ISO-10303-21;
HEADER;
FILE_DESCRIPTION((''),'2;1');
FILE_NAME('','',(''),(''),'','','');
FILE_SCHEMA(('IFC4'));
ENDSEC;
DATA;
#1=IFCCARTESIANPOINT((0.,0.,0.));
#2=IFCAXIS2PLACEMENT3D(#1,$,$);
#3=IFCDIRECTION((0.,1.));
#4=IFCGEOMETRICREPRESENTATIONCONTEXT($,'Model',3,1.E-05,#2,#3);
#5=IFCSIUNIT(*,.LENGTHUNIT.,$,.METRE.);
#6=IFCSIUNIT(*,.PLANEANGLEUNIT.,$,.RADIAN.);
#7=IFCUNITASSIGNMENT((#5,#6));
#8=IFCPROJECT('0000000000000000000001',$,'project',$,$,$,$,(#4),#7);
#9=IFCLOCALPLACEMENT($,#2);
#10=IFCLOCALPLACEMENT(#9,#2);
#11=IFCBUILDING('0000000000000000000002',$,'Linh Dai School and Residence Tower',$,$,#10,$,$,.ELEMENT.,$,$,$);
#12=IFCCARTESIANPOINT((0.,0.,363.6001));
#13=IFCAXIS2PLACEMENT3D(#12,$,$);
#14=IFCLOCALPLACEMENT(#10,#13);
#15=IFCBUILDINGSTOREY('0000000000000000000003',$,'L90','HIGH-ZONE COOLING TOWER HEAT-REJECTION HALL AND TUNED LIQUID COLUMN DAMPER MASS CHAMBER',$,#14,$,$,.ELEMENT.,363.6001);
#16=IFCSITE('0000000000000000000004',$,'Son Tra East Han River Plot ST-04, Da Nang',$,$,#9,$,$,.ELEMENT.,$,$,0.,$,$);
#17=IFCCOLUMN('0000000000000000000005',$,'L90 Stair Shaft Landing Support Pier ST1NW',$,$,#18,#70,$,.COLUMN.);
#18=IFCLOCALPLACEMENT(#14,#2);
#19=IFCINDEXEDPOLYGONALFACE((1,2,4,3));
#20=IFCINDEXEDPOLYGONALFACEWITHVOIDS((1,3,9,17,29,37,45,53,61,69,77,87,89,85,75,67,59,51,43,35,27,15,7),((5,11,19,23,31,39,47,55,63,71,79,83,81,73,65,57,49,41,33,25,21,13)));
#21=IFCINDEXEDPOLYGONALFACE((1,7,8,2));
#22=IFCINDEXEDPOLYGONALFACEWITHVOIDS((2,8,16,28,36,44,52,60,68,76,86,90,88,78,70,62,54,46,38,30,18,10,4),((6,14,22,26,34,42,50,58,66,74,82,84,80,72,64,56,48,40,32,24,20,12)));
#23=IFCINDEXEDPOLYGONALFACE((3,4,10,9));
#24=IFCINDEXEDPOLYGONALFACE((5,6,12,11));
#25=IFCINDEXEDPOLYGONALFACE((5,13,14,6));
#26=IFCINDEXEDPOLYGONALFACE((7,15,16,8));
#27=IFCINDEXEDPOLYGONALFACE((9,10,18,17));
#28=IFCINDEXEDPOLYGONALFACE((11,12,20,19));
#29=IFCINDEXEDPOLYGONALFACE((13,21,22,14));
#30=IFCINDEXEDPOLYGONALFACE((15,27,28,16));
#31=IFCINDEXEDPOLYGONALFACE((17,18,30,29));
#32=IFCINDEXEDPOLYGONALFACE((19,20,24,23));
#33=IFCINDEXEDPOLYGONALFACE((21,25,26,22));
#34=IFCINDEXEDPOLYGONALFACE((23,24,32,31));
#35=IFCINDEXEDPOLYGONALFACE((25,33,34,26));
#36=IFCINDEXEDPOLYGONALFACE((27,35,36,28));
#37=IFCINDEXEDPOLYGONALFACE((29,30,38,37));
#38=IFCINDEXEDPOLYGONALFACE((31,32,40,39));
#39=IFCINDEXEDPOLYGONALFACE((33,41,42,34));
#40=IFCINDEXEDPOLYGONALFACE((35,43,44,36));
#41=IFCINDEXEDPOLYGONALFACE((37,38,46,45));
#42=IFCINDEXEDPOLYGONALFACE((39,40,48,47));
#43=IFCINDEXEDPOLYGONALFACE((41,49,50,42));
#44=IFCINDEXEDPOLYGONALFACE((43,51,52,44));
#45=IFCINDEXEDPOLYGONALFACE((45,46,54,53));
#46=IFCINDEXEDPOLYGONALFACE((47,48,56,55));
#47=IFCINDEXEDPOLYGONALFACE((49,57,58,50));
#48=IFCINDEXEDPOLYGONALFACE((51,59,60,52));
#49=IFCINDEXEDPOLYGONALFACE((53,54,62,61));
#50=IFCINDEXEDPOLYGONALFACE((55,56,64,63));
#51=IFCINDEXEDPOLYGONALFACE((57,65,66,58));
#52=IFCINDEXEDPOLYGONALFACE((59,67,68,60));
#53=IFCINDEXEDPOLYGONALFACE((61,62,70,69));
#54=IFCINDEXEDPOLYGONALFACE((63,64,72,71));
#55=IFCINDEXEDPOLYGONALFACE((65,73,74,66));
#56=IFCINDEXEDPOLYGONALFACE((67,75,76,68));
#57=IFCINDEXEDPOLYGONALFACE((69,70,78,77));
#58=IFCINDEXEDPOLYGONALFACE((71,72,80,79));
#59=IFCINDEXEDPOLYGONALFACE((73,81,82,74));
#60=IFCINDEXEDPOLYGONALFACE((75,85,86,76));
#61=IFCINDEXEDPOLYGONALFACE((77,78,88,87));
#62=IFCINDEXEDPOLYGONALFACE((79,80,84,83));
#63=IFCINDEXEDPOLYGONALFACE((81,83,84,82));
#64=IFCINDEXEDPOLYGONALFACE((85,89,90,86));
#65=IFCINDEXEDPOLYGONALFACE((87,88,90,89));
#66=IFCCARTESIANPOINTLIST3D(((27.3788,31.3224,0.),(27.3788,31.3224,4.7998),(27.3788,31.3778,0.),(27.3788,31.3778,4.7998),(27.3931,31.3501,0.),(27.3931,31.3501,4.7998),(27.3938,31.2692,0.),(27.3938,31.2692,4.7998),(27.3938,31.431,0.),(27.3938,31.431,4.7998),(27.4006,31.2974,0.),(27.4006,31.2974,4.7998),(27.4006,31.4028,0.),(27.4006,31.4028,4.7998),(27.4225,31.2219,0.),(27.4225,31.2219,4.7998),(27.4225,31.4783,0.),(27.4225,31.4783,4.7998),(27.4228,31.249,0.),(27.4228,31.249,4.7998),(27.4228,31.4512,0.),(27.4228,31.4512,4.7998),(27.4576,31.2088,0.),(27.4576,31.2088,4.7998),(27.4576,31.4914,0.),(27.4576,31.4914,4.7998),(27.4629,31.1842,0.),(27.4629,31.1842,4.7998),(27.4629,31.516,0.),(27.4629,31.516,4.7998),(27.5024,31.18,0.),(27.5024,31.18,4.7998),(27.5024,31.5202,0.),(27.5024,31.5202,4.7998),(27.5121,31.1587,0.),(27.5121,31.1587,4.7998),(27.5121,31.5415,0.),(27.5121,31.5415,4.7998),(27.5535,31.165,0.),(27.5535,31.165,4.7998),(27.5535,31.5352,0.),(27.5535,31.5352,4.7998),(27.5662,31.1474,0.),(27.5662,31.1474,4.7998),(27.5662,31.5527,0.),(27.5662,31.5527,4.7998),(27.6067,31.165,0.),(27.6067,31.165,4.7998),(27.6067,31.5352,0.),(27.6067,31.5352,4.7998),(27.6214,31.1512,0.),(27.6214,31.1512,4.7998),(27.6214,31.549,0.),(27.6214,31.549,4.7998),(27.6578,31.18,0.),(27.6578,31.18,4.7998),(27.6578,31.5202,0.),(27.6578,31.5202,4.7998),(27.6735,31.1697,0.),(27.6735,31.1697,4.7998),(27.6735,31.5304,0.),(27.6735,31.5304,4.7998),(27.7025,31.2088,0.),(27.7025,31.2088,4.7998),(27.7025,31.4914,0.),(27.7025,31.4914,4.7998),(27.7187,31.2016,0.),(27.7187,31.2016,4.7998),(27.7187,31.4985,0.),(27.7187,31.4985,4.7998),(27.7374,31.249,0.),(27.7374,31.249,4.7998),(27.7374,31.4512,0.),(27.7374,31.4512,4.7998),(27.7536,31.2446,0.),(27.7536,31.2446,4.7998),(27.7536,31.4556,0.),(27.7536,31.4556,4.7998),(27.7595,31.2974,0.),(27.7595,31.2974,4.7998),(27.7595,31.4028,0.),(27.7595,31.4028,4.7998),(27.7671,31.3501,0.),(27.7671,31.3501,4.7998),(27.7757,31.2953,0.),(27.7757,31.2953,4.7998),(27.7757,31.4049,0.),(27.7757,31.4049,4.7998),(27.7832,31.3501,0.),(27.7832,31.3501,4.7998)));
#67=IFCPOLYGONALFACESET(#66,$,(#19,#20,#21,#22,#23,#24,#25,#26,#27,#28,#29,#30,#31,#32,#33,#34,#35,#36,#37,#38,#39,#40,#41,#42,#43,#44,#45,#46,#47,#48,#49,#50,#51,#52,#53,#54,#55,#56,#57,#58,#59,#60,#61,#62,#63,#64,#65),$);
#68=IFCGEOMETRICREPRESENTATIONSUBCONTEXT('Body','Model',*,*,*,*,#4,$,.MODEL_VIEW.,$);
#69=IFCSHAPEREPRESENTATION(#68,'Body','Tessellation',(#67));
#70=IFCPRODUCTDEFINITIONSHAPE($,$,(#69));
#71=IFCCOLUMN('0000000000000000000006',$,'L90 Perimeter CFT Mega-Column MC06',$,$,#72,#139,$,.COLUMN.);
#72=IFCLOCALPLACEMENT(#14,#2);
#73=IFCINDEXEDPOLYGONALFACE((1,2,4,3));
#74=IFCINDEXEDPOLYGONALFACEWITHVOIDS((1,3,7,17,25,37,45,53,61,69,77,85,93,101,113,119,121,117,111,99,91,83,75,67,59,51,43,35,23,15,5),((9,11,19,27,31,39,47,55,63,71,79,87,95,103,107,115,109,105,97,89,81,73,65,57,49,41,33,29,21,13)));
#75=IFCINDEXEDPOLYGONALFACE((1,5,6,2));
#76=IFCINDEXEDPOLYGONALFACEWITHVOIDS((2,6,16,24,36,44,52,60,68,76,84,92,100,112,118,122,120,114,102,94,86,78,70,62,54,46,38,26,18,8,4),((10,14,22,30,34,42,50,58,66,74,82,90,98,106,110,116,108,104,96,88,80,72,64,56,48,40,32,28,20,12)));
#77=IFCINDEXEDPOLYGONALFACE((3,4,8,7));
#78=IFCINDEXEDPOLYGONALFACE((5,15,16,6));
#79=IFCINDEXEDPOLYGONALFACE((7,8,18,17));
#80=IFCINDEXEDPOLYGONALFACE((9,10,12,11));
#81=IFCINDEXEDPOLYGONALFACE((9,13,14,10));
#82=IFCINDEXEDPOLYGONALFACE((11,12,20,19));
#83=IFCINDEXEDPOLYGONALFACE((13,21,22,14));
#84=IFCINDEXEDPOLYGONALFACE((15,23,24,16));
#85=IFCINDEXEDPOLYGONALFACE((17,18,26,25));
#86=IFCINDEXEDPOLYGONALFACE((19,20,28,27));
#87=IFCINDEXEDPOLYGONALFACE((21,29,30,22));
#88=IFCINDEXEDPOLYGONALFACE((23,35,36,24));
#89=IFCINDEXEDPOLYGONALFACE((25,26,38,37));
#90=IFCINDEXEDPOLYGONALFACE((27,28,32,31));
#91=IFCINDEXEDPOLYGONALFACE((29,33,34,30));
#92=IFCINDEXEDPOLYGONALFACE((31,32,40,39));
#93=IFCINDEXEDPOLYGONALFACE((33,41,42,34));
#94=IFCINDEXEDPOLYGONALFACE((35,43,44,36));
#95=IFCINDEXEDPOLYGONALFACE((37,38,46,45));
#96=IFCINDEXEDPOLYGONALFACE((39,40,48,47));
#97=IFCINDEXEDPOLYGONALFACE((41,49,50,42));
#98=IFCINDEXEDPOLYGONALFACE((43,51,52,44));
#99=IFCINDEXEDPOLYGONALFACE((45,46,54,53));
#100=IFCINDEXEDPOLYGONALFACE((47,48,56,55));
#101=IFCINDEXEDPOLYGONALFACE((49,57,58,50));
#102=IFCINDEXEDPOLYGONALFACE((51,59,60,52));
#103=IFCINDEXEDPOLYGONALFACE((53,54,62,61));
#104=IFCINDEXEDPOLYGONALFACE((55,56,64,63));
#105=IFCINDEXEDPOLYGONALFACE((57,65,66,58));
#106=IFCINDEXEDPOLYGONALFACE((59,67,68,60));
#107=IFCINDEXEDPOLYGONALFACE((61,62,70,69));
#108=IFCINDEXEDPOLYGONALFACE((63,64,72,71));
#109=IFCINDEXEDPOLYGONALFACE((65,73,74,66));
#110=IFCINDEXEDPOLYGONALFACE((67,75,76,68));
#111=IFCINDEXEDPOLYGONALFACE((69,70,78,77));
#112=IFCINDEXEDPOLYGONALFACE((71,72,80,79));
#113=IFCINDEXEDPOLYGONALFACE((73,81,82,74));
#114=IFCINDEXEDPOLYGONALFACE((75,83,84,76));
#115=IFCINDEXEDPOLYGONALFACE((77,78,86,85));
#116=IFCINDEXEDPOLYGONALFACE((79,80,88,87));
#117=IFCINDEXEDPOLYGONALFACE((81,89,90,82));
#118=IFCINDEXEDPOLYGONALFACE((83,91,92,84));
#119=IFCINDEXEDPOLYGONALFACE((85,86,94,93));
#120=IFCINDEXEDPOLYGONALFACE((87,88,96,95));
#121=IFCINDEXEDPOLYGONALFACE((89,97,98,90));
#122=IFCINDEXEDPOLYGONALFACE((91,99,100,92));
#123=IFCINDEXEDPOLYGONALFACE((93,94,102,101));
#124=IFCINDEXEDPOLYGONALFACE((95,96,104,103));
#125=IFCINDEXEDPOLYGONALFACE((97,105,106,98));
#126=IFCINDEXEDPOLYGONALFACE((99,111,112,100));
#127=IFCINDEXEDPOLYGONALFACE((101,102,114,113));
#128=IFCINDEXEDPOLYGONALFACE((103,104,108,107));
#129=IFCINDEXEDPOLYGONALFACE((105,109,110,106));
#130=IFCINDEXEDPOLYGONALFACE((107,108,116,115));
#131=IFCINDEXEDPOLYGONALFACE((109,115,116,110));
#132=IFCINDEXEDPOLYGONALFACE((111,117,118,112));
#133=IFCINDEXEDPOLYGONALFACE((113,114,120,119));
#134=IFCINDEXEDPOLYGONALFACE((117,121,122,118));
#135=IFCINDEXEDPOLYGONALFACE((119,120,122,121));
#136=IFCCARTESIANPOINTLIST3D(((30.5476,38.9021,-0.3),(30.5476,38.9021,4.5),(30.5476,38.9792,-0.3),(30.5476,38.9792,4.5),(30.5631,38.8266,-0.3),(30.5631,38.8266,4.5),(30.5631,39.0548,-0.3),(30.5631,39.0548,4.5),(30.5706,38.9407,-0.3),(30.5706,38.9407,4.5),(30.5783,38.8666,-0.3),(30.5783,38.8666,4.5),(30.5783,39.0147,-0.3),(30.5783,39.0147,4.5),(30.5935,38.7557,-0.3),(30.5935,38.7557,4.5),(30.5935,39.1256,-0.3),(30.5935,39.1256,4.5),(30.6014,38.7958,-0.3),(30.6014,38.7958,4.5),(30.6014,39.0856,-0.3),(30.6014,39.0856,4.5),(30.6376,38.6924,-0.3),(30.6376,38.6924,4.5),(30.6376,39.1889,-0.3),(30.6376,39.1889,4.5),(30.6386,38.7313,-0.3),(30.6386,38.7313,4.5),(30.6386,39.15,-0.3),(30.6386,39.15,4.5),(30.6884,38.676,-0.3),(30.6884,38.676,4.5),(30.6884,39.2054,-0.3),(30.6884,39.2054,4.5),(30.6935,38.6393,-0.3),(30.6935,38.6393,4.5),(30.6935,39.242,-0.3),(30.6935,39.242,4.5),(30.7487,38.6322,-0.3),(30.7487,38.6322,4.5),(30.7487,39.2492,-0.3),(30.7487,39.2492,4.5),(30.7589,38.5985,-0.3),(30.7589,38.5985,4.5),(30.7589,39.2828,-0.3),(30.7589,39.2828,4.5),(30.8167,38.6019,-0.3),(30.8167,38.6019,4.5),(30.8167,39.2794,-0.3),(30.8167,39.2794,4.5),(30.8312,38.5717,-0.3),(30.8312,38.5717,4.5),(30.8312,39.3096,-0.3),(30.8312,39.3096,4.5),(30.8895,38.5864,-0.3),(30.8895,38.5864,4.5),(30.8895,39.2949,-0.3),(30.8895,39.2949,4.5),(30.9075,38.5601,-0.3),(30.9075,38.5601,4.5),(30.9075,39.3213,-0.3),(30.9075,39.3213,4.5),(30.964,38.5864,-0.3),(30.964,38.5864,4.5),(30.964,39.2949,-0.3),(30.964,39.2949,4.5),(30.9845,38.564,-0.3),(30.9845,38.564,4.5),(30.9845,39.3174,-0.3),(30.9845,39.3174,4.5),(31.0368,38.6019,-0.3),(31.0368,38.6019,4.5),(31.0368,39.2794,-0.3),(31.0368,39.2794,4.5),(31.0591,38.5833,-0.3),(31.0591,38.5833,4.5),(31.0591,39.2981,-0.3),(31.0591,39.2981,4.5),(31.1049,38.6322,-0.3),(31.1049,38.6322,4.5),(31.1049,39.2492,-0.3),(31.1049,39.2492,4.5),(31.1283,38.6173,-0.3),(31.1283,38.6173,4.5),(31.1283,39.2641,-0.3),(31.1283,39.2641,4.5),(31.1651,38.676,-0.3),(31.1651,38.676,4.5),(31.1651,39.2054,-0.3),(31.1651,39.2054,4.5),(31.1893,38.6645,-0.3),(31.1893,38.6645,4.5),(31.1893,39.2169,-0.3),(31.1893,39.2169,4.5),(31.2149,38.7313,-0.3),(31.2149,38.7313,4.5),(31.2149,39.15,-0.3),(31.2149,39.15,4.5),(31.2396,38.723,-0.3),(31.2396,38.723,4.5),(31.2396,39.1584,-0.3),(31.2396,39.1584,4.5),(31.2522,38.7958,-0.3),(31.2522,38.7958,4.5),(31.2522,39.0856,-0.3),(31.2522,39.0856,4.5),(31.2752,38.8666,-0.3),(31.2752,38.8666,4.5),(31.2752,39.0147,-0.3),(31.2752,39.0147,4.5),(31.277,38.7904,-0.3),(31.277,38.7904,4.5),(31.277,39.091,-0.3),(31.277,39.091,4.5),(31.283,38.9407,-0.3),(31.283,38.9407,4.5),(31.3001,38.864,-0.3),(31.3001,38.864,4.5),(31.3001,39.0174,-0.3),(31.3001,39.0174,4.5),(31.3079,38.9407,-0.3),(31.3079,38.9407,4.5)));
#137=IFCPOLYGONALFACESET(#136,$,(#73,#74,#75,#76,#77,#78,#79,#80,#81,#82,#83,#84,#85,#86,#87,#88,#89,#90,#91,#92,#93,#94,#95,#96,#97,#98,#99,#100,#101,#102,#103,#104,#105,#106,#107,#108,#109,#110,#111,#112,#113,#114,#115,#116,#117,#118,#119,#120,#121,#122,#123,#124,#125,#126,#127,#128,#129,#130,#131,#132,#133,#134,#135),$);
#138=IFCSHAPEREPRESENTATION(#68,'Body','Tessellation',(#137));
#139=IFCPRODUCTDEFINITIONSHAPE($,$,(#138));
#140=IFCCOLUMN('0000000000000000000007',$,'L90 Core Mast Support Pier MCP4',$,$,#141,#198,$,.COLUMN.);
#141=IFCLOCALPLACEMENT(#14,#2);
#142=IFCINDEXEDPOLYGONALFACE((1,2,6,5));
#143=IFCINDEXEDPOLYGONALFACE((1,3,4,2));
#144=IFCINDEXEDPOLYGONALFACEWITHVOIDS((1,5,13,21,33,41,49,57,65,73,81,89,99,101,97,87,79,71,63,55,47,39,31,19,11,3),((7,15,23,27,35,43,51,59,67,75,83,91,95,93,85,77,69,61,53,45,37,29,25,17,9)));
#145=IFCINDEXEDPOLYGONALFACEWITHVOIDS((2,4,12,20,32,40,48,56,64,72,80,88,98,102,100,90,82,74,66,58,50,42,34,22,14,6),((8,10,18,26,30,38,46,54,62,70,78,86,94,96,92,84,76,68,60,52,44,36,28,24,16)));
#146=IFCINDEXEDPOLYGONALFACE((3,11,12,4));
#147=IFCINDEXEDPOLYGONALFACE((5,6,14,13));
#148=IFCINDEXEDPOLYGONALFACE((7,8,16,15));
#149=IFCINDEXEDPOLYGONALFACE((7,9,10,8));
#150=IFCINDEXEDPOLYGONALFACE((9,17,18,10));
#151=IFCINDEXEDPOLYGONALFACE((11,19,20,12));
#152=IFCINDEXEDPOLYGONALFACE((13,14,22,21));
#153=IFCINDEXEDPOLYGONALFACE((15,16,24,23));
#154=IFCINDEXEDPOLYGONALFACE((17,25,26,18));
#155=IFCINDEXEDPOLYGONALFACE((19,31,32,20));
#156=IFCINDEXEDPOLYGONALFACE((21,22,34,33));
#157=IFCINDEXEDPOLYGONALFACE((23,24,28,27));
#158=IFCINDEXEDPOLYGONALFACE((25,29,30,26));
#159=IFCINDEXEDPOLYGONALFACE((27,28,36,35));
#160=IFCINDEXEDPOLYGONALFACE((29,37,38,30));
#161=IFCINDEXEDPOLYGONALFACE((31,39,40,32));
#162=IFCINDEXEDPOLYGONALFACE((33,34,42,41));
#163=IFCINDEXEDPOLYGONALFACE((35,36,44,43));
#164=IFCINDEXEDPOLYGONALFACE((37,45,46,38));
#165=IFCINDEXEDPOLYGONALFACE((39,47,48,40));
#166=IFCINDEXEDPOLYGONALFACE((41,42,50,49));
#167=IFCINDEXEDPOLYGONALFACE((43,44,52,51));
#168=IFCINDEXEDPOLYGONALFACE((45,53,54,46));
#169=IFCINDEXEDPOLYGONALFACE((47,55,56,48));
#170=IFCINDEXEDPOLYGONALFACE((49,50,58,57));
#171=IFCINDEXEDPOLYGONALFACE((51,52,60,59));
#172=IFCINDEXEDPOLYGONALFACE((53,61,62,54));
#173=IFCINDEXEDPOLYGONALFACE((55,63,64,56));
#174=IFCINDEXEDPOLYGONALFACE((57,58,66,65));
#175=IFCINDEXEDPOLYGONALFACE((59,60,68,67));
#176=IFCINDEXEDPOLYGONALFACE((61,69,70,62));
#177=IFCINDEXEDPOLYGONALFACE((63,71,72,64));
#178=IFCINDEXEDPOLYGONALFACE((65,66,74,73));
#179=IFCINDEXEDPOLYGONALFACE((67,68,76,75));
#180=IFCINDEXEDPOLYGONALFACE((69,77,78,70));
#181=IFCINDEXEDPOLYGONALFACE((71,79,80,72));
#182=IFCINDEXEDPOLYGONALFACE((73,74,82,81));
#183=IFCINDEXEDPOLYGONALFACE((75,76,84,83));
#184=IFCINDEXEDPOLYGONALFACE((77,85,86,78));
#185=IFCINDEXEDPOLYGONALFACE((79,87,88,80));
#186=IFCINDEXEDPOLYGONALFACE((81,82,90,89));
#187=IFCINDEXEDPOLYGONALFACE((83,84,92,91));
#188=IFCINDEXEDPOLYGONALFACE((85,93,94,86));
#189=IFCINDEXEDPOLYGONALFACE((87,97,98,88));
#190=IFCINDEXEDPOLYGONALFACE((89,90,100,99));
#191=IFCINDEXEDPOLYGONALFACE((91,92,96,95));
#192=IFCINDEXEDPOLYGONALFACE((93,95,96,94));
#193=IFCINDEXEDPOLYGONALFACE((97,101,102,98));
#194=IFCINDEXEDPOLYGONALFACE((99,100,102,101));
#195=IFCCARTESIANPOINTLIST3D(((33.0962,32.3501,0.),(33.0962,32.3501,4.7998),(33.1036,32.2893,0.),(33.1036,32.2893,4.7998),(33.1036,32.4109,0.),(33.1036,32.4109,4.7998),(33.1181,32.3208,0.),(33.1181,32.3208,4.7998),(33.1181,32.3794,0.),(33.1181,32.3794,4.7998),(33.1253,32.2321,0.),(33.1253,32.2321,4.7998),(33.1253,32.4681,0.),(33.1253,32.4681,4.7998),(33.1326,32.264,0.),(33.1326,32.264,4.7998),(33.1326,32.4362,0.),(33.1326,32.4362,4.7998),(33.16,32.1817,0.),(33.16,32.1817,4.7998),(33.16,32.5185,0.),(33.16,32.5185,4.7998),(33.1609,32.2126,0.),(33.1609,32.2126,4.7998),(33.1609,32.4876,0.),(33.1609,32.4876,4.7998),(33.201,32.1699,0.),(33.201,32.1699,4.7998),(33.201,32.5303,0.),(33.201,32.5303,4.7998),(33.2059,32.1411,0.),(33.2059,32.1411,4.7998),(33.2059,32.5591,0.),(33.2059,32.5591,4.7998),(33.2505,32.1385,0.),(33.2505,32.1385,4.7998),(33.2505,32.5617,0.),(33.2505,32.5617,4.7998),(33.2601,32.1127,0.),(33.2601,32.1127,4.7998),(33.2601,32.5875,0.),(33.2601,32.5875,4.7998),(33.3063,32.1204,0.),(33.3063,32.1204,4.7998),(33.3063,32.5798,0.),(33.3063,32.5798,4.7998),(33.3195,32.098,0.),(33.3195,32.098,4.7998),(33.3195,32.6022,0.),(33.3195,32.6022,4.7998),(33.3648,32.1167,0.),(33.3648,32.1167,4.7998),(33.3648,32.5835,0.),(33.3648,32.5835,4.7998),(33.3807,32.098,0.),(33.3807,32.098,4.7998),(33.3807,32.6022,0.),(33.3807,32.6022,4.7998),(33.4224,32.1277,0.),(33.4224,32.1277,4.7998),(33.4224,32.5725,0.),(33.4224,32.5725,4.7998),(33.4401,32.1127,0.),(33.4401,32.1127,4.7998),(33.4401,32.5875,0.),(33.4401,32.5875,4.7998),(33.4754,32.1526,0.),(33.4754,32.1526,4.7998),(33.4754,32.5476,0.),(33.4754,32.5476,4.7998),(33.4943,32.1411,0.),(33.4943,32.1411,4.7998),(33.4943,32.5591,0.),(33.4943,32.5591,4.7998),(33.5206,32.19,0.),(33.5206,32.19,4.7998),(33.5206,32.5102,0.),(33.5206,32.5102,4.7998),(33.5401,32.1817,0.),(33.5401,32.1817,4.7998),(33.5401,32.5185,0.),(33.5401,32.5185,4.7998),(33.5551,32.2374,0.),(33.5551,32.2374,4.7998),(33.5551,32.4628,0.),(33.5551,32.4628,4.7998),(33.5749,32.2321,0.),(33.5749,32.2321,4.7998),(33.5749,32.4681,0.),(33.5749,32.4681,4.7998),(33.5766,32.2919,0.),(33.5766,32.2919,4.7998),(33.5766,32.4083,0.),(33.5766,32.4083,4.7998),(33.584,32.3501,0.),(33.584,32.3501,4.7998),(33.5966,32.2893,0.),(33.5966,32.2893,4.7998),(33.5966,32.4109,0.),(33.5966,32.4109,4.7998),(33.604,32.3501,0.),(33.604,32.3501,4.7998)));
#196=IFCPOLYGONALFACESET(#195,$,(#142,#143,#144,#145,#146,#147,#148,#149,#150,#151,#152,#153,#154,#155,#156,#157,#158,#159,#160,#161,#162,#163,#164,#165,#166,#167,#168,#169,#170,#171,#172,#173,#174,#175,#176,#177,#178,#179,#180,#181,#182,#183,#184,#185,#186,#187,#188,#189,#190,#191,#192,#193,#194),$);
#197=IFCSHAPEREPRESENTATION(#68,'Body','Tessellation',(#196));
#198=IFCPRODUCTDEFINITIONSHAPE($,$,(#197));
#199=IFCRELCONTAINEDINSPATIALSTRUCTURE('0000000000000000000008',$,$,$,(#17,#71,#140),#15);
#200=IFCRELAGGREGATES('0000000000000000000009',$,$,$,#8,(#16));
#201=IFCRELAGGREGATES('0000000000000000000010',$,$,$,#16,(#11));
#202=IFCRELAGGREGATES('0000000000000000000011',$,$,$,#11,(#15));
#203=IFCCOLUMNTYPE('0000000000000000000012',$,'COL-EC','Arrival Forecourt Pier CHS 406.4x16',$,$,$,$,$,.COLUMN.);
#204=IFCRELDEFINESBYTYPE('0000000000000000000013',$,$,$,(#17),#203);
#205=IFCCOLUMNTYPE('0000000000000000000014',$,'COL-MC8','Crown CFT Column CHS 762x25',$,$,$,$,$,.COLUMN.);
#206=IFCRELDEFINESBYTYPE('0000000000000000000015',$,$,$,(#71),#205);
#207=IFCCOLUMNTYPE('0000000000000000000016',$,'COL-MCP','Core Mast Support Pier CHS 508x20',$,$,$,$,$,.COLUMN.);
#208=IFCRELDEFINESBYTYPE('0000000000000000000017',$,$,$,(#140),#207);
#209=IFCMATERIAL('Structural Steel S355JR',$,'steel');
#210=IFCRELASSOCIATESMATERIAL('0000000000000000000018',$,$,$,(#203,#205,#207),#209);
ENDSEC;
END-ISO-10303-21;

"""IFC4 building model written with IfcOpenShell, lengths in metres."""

from ifc_helpers import new_model, si_unit, direction, frame, origin, origin_2d, place, context, subcontext, project, spatial, hollow_circle, extrude, material, material_profile, profile_set, type_object, element, save


model = new_model("IFC4")

# Units and contexts
model_context = context("Model", 3, precision=1e-05, world=origin(), true_north=direction((0.0, 1.0)))
body_context = subcontext(model_context, "Body", "Model", "MODEL_VIEW")
ifc_project = project(units=[si_unit("LENGTHUNIT", "METRE"), si_unit("PLANEANGLEUNIT", "RADIAN")], contexts=[model_context])

# Site, building, storey
site_placement = place(None, origin())
site = spatial("IfcSite", under=ifc_project, at=site_placement, Name="Son Tra East Han River Plot ST-04, Da Nang", CompositionType="ELEMENT", RefElevation=0.0)
building_placement = place(site_placement, origin())
building = spatial("IfcBuilding", under=site, at=building_placement, Name="Linh Dai School and Residence Tower", CompositionType="ELEMENT")
storey_placement = place(building_placement, frame((0.0, 0.0, 363.6001)))
storey = spatial("IfcBuildingStorey", under=building, at=storey_placement, Name="L90", Description="HIGH-ZONE COOLING TOWER HEAT-REJECTION HALL AND TUNED LIQUID COLUMN DAMPER MASS CHAMBER", CompositionType="ELEMENT", Elevation=363.6001)

# Columns
ifc_material_1 = material(Name="Structural Steel S355JR", Category="steel")
ifc_material_profile_1 = material_profile(ifc_material_1, hollow_circle(Radius=0.2031, WallThickness=0.0161, at=origin_2d()), Name="CHS 406.4x16")
ifc_profile_set_1 = profile_set([ifc_material_profile_1], Name="Structural Steel S355JR")
column_type_1 = type_object("IfcColumnType", Name="COL-EC", Description="Arrival Forecourt Pier CHS 406.4x16", PredefinedType="COLUMN", material=ifc_profile_set_1)
column_1_placement = place(storey_placement, frame((27.5801, 31.3501, 0.0), z_axis=(0.0, 0.0, 1.0), x_axis=(1.0, 0.0, 0.0)))
element("IfcColumn", 1, at=column_1_placement, inside=storey, type_object=column_type_1, Name="L90 Stair Shaft Landing Support Pier ST1NW", PredefinedType="COLUMN", context=body_context, shape_type="SweptSolid", body=[
    extrude(hollow_circle(Radius=0.2031, WallThickness=0.0161, at=origin_2d()), origin(), (0.0, 0.0, 1.0), 4.7998),
])
ifc_material_profile_2 = material_profile(ifc_material_1, hollow_circle(Radius=0.3811, WallThickness=0.0249, at=origin_2d()), Name="CHS 762x25")
ifc_profile_set_2 = profile_set([ifc_material_profile_2], Name="Structural Steel S355JR")
column_type_2 = type_object("IfcColumnType", Name="COL-MC8", Description="Crown CFT Column CHS 762x25", PredefinedType="COLUMN", material=ifc_profile_set_2)
column_2_placement = place(storey_placement, frame((30.9268, 38.9407, -0.3), z_axis=(0.0, 0.0, 1.0), x_axis=(1.0, 0.0, 0.0)))
element("IfcColumn", 2, at=column_2_placement, inside=storey, type_object=column_type_2, Name="L90 Perimeter CFT Mega-Column MC06", PredefinedType="COLUMN", context=body_context, shape_type="SweptSolid", body=[
    extrude(hollow_circle(Radius=0.3811, WallThickness=0.0249, at=origin_2d()), origin(), (0.0, 0.0, 1.0), 4.8),
])
ifc_material_profile_3 = material_profile(ifc_material_1, hollow_circle(Radius=0.2539, WallThickness=0.02, at=origin_2d()), Name="CHS 508x20")
ifc_profile_set_3 = profile_set([ifc_material_profile_3], Name="Structural Steel S355JR")
column_type_3 = type_object("IfcColumnType", Name="COL-MCP", Description="Core Mast Support Pier CHS 508x20", PredefinedType="COLUMN", material=ifc_profile_set_3)
column_3_placement = place(storey_placement, frame((33.3501, 32.3501, 0.0), z_axis=(0.0, 0.0, 1.0), x_axis=(1.0, 0.0, 0.0)))
element("IfcColumn", 3, at=column_3_placement, inside=storey, type_object=column_type_3, Name="L90 Core Mast Support Pier MCP4", PredefinedType="COLUMN", context=body_context, shape_type="SweptSolid", body=[
    extrude(hollow_circle(Radius=0.2539, WallThickness=0.02, at=origin_2d()), origin(), (0.0, 0.0, 1.0), 4.7998),
])

save(model, "model.ifc")
